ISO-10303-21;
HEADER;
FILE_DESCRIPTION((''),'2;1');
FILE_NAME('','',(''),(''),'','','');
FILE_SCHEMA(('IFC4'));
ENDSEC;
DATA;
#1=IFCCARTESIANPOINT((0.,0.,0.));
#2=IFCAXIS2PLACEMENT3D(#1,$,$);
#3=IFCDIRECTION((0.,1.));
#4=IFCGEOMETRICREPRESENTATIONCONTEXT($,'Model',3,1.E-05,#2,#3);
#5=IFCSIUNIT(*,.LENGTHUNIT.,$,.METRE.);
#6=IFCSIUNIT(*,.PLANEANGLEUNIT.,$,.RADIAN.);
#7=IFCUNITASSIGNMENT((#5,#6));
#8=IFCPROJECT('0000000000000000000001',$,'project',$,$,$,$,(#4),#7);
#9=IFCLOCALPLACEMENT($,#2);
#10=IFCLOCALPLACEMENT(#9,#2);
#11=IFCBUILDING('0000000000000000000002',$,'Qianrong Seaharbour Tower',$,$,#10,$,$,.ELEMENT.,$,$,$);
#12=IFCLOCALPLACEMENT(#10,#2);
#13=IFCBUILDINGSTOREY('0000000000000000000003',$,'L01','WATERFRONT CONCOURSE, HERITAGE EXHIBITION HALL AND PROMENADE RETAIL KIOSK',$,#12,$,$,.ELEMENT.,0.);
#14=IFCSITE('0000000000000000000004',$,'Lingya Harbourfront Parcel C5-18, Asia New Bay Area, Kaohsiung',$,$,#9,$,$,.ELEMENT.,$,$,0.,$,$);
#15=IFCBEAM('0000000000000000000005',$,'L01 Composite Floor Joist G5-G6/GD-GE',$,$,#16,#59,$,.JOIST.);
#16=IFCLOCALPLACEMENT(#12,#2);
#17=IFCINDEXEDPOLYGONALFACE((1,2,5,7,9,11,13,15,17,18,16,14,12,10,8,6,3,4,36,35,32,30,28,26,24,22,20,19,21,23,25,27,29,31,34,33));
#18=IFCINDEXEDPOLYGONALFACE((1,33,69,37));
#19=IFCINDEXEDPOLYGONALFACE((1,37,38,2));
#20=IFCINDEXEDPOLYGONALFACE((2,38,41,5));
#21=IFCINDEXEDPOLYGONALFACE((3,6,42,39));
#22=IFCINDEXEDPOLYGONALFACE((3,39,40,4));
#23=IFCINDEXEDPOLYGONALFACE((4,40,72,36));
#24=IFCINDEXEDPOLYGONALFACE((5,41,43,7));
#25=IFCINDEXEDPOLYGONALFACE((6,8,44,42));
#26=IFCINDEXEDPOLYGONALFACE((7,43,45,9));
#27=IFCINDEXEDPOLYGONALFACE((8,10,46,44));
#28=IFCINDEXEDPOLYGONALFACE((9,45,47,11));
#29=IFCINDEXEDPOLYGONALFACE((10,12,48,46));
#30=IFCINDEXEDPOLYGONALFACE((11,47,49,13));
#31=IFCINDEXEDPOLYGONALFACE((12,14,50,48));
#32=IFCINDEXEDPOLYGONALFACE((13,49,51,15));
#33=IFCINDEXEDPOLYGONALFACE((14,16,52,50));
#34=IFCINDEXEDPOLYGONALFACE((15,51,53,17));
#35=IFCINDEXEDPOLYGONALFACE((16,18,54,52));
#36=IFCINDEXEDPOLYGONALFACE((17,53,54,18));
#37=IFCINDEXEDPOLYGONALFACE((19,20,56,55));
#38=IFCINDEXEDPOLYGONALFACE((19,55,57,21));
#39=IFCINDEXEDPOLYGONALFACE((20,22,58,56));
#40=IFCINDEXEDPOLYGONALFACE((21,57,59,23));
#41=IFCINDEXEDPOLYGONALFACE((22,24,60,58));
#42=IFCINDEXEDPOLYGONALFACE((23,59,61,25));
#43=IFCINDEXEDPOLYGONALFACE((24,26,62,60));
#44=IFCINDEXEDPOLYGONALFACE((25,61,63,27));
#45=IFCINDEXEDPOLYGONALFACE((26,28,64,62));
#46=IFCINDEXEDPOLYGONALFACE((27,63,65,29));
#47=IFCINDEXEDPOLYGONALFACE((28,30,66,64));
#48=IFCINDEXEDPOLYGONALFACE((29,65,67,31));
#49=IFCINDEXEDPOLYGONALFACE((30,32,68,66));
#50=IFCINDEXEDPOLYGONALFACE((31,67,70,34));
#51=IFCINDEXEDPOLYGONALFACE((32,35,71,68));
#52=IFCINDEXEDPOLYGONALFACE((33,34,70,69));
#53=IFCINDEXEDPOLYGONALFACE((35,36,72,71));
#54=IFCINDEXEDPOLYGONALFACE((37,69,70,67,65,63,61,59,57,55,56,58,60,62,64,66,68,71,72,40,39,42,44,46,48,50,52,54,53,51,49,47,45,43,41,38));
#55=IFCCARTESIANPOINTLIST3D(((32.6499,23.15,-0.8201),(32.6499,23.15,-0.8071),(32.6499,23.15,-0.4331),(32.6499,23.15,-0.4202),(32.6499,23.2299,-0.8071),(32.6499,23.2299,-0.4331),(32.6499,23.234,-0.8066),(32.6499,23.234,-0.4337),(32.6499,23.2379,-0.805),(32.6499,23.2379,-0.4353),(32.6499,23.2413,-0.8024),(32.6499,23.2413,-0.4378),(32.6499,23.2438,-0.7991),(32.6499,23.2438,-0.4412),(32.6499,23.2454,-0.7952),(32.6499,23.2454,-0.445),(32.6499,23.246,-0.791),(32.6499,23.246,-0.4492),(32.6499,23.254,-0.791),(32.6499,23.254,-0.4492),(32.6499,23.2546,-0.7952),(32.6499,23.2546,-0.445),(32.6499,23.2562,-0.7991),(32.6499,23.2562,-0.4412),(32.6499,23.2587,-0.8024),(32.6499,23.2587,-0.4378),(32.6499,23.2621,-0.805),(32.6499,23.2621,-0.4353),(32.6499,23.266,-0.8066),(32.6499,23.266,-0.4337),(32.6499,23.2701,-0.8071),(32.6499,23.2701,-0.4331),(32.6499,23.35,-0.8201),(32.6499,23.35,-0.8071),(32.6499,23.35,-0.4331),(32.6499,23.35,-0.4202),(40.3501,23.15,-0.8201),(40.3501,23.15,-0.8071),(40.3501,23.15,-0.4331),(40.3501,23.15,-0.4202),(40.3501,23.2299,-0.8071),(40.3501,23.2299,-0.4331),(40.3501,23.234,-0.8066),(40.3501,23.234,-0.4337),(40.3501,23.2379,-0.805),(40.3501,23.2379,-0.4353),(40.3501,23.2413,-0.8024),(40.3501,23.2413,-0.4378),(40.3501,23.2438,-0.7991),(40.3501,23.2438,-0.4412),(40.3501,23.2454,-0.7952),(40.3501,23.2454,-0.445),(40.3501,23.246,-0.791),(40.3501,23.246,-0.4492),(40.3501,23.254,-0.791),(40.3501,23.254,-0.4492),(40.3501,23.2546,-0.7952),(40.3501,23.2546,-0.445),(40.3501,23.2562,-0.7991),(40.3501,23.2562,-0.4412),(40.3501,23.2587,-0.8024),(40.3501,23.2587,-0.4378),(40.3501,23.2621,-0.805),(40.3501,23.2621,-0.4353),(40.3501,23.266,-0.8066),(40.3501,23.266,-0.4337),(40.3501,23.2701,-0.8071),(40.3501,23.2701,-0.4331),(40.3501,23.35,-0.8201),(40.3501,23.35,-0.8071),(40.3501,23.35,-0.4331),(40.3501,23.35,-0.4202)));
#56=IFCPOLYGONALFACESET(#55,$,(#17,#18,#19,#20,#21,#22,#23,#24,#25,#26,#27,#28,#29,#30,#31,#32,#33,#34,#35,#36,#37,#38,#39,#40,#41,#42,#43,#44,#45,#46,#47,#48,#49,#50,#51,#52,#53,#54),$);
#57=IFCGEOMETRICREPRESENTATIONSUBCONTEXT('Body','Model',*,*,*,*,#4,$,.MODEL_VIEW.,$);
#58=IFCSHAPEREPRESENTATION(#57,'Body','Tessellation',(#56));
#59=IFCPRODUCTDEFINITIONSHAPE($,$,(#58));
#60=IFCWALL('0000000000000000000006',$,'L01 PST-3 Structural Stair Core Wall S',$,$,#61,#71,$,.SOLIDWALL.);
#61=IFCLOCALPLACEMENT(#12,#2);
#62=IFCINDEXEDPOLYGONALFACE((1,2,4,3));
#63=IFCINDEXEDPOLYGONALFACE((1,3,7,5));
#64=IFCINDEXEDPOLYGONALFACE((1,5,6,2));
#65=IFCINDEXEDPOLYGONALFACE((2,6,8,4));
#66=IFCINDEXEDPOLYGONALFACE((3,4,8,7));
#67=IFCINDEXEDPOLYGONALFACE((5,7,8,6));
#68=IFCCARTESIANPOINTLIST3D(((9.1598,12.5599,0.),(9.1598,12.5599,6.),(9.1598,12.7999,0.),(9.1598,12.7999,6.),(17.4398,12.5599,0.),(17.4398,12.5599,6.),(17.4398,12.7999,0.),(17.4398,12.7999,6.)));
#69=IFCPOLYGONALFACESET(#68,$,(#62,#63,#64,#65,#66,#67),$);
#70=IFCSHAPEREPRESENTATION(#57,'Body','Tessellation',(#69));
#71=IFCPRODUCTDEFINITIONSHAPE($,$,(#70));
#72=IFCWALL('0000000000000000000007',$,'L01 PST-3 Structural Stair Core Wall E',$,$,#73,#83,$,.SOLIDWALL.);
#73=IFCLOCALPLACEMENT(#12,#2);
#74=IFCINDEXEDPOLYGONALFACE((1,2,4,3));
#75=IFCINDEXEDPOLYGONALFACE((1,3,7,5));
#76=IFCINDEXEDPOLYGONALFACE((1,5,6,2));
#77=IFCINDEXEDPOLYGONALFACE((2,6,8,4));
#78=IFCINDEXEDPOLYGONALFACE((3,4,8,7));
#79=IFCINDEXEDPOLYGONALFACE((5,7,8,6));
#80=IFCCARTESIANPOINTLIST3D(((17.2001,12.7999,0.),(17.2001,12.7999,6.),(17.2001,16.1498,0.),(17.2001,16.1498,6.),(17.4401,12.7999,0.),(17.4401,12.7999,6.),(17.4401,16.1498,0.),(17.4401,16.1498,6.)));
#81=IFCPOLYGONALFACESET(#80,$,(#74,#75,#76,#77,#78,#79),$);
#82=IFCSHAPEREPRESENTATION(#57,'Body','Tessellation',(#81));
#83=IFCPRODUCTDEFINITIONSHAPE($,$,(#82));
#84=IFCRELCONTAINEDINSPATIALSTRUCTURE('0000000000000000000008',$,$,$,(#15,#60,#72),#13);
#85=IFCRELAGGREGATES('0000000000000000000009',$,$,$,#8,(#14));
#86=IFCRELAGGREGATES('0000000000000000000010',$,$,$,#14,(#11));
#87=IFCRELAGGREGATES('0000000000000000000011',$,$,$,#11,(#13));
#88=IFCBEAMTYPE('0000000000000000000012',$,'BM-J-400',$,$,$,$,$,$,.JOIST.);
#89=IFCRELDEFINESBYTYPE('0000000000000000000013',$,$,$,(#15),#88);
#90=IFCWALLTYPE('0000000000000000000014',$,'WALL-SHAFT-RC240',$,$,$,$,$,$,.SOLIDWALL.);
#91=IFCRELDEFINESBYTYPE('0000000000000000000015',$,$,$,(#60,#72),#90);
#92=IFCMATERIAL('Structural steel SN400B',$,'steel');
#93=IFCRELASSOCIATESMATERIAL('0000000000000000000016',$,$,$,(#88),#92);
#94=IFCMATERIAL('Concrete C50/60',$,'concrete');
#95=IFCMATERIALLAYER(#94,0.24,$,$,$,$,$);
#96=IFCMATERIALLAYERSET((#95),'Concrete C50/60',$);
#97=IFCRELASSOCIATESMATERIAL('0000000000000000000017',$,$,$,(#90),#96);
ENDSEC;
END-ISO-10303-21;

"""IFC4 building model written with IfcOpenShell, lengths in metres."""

from ifc_helpers import new_model, si_unit, direction, frame, frame_2d, origin, origin_2d, place, context, subcontext, project, spatial, rectangle, i_section, extrude, material, layer, layer_set, material_profile, profile_set, type_object, element, save


model = new_model("IFC4")

# Units and contexts
model_context = context("Model", 3, precision=1e-05, world=origin(), true_north=direction((0.0, 1.0)))
body_context = subcontext(model_context, "Body", "Model", "MODEL_VIEW")
ifc_project = project(units=[si_unit("LENGTHUNIT", "METRE"), si_unit("PLANEANGLEUNIT", "RADIAN")], contexts=[model_context])

# Site, building, storey
site_placement = place(None, origin())
site = spatial("IfcSite", under=ifc_project, at=site_placement, Name="Lingya Harbourfront Parcel C5-18, Asia New Bay Area, Kaohsiung", CompositionType="ELEMENT", RefElevation=0.0)
building_placement = place(site_placement, origin())
building = spatial("IfcBuilding", under=site, at=building_placement, Name="Qianrong Seaharbour Tower", CompositionType="ELEMENT")
storey_placement = place(building_placement, origin())
storey = spatial("IfcBuildingStorey", under=building, at=storey_placement, Name="L01", Description="WATERFRONT CONCOURSE, HERITAGE EXHIBITION HALL AND PROMENADE RETAIL KIOSK", CompositionType="ELEMENT", Elevation=0.0)

# Beam
ifc_material_1 = material(Name="Structural steel SN400B", Category="steel")
ifc_material_profile_1 = material_profile(ifc_material_1, i_section(OverallWidth=0.2, OverallDepth=0.3999, WebThickness=0.0081, FlangeThickness=0.0129, FilletRadius=0.0161, at=origin_2d()), Name="H400x200x8x13")
ifc_profile_set_1 = profile_set([ifc_material_profile_1], Name="Structural steel SN400B")
beam_type_1 = type_object("IfcBeamType", Name="BM-J-400", PredefinedType="JOIST", material=ifc_profile_set_1)
for number, where, z_axis, x_axis, name in (
    (1, (32.6499, 23.25, -0.6201), (1.0, 0.0, 0.0), (0.0, 1.0, 0.0), "L01 Composite Floor Joist G5-G6/GD-GE"),
):
    element("IfcBeam", number, at=place(storey_placement, frame(where, z_axis=z_axis, x_axis=x_axis)), inside=storey, type_object=beam_type_1, Name=name, PredefinedType="JOIST", context=body_context, shape_type="SweptSolid", body=[
        extrude(i_section(OverallWidth=0.2, OverallDepth=0.3999, WebThickness=0.0081, FlangeThickness=0.0129, FilletRadius=0.0161, at=origin_2d()), origin(), (0.0, 0.0, 1.0), 7.7002),
    ])

# Walls
ifc_material_2 = material(Name="Concrete C50/60", Category="concrete")
ifc_layer = layer(ifc_material_2, 0.24)
ifc_layer_set = layer_set([ifc_layer], Name="Concrete C50/60")
wall_type = type_object("IfcWallType", Name="WALL-SHAFT-RC240", PredefinedType="SOLIDWALL", material=ifc_layer_set)
wall_1_placement = place(storey_placement, frame((17.4399, 12.6799, 0.0), z_axis=(0.0, 0.0, 1.0), x_axis=(-1.0, 0.0, 0.0)))
element("IfcWall", 2, at=wall_1_placement, inside=storey, type_object=wall_type, Name="L01 PST-3 Structural Stair Core Wall S", PredefinedType="SOLIDWALL", context=body_context, shape_type="SweptSolid", body=[
    extrude(rectangle(XDim=8.28, YDim=0.24, at=frame_2d((4.1401, 0.0))), origin(), (0.0, 0.0, 1.0), 6.0),
])
wall_2_placement = place(storey_placement, frame((17.3201, 12.8, 0.0), z_axis=(0.0, 0.0, 1.0), x_axis=(0.0, 1.0, 0.0)))
element("IfcWall", 3, at=wall_2_placement, inside=storey, type_object=wall_type, Name="L01 PST-3 Structural Stair Core Wall E", PredefinedType="SOLIDWALL", context=body_context, shape_type="SweptSolid", body=[
    extrude(rectangle(XDim=3.3499, YDim=0.24, at=frame_2d((1.6748, 0.0))), origin(), (0.0, 0.0, 1.0), 6.0),
])

save(model, "model.ifc")
